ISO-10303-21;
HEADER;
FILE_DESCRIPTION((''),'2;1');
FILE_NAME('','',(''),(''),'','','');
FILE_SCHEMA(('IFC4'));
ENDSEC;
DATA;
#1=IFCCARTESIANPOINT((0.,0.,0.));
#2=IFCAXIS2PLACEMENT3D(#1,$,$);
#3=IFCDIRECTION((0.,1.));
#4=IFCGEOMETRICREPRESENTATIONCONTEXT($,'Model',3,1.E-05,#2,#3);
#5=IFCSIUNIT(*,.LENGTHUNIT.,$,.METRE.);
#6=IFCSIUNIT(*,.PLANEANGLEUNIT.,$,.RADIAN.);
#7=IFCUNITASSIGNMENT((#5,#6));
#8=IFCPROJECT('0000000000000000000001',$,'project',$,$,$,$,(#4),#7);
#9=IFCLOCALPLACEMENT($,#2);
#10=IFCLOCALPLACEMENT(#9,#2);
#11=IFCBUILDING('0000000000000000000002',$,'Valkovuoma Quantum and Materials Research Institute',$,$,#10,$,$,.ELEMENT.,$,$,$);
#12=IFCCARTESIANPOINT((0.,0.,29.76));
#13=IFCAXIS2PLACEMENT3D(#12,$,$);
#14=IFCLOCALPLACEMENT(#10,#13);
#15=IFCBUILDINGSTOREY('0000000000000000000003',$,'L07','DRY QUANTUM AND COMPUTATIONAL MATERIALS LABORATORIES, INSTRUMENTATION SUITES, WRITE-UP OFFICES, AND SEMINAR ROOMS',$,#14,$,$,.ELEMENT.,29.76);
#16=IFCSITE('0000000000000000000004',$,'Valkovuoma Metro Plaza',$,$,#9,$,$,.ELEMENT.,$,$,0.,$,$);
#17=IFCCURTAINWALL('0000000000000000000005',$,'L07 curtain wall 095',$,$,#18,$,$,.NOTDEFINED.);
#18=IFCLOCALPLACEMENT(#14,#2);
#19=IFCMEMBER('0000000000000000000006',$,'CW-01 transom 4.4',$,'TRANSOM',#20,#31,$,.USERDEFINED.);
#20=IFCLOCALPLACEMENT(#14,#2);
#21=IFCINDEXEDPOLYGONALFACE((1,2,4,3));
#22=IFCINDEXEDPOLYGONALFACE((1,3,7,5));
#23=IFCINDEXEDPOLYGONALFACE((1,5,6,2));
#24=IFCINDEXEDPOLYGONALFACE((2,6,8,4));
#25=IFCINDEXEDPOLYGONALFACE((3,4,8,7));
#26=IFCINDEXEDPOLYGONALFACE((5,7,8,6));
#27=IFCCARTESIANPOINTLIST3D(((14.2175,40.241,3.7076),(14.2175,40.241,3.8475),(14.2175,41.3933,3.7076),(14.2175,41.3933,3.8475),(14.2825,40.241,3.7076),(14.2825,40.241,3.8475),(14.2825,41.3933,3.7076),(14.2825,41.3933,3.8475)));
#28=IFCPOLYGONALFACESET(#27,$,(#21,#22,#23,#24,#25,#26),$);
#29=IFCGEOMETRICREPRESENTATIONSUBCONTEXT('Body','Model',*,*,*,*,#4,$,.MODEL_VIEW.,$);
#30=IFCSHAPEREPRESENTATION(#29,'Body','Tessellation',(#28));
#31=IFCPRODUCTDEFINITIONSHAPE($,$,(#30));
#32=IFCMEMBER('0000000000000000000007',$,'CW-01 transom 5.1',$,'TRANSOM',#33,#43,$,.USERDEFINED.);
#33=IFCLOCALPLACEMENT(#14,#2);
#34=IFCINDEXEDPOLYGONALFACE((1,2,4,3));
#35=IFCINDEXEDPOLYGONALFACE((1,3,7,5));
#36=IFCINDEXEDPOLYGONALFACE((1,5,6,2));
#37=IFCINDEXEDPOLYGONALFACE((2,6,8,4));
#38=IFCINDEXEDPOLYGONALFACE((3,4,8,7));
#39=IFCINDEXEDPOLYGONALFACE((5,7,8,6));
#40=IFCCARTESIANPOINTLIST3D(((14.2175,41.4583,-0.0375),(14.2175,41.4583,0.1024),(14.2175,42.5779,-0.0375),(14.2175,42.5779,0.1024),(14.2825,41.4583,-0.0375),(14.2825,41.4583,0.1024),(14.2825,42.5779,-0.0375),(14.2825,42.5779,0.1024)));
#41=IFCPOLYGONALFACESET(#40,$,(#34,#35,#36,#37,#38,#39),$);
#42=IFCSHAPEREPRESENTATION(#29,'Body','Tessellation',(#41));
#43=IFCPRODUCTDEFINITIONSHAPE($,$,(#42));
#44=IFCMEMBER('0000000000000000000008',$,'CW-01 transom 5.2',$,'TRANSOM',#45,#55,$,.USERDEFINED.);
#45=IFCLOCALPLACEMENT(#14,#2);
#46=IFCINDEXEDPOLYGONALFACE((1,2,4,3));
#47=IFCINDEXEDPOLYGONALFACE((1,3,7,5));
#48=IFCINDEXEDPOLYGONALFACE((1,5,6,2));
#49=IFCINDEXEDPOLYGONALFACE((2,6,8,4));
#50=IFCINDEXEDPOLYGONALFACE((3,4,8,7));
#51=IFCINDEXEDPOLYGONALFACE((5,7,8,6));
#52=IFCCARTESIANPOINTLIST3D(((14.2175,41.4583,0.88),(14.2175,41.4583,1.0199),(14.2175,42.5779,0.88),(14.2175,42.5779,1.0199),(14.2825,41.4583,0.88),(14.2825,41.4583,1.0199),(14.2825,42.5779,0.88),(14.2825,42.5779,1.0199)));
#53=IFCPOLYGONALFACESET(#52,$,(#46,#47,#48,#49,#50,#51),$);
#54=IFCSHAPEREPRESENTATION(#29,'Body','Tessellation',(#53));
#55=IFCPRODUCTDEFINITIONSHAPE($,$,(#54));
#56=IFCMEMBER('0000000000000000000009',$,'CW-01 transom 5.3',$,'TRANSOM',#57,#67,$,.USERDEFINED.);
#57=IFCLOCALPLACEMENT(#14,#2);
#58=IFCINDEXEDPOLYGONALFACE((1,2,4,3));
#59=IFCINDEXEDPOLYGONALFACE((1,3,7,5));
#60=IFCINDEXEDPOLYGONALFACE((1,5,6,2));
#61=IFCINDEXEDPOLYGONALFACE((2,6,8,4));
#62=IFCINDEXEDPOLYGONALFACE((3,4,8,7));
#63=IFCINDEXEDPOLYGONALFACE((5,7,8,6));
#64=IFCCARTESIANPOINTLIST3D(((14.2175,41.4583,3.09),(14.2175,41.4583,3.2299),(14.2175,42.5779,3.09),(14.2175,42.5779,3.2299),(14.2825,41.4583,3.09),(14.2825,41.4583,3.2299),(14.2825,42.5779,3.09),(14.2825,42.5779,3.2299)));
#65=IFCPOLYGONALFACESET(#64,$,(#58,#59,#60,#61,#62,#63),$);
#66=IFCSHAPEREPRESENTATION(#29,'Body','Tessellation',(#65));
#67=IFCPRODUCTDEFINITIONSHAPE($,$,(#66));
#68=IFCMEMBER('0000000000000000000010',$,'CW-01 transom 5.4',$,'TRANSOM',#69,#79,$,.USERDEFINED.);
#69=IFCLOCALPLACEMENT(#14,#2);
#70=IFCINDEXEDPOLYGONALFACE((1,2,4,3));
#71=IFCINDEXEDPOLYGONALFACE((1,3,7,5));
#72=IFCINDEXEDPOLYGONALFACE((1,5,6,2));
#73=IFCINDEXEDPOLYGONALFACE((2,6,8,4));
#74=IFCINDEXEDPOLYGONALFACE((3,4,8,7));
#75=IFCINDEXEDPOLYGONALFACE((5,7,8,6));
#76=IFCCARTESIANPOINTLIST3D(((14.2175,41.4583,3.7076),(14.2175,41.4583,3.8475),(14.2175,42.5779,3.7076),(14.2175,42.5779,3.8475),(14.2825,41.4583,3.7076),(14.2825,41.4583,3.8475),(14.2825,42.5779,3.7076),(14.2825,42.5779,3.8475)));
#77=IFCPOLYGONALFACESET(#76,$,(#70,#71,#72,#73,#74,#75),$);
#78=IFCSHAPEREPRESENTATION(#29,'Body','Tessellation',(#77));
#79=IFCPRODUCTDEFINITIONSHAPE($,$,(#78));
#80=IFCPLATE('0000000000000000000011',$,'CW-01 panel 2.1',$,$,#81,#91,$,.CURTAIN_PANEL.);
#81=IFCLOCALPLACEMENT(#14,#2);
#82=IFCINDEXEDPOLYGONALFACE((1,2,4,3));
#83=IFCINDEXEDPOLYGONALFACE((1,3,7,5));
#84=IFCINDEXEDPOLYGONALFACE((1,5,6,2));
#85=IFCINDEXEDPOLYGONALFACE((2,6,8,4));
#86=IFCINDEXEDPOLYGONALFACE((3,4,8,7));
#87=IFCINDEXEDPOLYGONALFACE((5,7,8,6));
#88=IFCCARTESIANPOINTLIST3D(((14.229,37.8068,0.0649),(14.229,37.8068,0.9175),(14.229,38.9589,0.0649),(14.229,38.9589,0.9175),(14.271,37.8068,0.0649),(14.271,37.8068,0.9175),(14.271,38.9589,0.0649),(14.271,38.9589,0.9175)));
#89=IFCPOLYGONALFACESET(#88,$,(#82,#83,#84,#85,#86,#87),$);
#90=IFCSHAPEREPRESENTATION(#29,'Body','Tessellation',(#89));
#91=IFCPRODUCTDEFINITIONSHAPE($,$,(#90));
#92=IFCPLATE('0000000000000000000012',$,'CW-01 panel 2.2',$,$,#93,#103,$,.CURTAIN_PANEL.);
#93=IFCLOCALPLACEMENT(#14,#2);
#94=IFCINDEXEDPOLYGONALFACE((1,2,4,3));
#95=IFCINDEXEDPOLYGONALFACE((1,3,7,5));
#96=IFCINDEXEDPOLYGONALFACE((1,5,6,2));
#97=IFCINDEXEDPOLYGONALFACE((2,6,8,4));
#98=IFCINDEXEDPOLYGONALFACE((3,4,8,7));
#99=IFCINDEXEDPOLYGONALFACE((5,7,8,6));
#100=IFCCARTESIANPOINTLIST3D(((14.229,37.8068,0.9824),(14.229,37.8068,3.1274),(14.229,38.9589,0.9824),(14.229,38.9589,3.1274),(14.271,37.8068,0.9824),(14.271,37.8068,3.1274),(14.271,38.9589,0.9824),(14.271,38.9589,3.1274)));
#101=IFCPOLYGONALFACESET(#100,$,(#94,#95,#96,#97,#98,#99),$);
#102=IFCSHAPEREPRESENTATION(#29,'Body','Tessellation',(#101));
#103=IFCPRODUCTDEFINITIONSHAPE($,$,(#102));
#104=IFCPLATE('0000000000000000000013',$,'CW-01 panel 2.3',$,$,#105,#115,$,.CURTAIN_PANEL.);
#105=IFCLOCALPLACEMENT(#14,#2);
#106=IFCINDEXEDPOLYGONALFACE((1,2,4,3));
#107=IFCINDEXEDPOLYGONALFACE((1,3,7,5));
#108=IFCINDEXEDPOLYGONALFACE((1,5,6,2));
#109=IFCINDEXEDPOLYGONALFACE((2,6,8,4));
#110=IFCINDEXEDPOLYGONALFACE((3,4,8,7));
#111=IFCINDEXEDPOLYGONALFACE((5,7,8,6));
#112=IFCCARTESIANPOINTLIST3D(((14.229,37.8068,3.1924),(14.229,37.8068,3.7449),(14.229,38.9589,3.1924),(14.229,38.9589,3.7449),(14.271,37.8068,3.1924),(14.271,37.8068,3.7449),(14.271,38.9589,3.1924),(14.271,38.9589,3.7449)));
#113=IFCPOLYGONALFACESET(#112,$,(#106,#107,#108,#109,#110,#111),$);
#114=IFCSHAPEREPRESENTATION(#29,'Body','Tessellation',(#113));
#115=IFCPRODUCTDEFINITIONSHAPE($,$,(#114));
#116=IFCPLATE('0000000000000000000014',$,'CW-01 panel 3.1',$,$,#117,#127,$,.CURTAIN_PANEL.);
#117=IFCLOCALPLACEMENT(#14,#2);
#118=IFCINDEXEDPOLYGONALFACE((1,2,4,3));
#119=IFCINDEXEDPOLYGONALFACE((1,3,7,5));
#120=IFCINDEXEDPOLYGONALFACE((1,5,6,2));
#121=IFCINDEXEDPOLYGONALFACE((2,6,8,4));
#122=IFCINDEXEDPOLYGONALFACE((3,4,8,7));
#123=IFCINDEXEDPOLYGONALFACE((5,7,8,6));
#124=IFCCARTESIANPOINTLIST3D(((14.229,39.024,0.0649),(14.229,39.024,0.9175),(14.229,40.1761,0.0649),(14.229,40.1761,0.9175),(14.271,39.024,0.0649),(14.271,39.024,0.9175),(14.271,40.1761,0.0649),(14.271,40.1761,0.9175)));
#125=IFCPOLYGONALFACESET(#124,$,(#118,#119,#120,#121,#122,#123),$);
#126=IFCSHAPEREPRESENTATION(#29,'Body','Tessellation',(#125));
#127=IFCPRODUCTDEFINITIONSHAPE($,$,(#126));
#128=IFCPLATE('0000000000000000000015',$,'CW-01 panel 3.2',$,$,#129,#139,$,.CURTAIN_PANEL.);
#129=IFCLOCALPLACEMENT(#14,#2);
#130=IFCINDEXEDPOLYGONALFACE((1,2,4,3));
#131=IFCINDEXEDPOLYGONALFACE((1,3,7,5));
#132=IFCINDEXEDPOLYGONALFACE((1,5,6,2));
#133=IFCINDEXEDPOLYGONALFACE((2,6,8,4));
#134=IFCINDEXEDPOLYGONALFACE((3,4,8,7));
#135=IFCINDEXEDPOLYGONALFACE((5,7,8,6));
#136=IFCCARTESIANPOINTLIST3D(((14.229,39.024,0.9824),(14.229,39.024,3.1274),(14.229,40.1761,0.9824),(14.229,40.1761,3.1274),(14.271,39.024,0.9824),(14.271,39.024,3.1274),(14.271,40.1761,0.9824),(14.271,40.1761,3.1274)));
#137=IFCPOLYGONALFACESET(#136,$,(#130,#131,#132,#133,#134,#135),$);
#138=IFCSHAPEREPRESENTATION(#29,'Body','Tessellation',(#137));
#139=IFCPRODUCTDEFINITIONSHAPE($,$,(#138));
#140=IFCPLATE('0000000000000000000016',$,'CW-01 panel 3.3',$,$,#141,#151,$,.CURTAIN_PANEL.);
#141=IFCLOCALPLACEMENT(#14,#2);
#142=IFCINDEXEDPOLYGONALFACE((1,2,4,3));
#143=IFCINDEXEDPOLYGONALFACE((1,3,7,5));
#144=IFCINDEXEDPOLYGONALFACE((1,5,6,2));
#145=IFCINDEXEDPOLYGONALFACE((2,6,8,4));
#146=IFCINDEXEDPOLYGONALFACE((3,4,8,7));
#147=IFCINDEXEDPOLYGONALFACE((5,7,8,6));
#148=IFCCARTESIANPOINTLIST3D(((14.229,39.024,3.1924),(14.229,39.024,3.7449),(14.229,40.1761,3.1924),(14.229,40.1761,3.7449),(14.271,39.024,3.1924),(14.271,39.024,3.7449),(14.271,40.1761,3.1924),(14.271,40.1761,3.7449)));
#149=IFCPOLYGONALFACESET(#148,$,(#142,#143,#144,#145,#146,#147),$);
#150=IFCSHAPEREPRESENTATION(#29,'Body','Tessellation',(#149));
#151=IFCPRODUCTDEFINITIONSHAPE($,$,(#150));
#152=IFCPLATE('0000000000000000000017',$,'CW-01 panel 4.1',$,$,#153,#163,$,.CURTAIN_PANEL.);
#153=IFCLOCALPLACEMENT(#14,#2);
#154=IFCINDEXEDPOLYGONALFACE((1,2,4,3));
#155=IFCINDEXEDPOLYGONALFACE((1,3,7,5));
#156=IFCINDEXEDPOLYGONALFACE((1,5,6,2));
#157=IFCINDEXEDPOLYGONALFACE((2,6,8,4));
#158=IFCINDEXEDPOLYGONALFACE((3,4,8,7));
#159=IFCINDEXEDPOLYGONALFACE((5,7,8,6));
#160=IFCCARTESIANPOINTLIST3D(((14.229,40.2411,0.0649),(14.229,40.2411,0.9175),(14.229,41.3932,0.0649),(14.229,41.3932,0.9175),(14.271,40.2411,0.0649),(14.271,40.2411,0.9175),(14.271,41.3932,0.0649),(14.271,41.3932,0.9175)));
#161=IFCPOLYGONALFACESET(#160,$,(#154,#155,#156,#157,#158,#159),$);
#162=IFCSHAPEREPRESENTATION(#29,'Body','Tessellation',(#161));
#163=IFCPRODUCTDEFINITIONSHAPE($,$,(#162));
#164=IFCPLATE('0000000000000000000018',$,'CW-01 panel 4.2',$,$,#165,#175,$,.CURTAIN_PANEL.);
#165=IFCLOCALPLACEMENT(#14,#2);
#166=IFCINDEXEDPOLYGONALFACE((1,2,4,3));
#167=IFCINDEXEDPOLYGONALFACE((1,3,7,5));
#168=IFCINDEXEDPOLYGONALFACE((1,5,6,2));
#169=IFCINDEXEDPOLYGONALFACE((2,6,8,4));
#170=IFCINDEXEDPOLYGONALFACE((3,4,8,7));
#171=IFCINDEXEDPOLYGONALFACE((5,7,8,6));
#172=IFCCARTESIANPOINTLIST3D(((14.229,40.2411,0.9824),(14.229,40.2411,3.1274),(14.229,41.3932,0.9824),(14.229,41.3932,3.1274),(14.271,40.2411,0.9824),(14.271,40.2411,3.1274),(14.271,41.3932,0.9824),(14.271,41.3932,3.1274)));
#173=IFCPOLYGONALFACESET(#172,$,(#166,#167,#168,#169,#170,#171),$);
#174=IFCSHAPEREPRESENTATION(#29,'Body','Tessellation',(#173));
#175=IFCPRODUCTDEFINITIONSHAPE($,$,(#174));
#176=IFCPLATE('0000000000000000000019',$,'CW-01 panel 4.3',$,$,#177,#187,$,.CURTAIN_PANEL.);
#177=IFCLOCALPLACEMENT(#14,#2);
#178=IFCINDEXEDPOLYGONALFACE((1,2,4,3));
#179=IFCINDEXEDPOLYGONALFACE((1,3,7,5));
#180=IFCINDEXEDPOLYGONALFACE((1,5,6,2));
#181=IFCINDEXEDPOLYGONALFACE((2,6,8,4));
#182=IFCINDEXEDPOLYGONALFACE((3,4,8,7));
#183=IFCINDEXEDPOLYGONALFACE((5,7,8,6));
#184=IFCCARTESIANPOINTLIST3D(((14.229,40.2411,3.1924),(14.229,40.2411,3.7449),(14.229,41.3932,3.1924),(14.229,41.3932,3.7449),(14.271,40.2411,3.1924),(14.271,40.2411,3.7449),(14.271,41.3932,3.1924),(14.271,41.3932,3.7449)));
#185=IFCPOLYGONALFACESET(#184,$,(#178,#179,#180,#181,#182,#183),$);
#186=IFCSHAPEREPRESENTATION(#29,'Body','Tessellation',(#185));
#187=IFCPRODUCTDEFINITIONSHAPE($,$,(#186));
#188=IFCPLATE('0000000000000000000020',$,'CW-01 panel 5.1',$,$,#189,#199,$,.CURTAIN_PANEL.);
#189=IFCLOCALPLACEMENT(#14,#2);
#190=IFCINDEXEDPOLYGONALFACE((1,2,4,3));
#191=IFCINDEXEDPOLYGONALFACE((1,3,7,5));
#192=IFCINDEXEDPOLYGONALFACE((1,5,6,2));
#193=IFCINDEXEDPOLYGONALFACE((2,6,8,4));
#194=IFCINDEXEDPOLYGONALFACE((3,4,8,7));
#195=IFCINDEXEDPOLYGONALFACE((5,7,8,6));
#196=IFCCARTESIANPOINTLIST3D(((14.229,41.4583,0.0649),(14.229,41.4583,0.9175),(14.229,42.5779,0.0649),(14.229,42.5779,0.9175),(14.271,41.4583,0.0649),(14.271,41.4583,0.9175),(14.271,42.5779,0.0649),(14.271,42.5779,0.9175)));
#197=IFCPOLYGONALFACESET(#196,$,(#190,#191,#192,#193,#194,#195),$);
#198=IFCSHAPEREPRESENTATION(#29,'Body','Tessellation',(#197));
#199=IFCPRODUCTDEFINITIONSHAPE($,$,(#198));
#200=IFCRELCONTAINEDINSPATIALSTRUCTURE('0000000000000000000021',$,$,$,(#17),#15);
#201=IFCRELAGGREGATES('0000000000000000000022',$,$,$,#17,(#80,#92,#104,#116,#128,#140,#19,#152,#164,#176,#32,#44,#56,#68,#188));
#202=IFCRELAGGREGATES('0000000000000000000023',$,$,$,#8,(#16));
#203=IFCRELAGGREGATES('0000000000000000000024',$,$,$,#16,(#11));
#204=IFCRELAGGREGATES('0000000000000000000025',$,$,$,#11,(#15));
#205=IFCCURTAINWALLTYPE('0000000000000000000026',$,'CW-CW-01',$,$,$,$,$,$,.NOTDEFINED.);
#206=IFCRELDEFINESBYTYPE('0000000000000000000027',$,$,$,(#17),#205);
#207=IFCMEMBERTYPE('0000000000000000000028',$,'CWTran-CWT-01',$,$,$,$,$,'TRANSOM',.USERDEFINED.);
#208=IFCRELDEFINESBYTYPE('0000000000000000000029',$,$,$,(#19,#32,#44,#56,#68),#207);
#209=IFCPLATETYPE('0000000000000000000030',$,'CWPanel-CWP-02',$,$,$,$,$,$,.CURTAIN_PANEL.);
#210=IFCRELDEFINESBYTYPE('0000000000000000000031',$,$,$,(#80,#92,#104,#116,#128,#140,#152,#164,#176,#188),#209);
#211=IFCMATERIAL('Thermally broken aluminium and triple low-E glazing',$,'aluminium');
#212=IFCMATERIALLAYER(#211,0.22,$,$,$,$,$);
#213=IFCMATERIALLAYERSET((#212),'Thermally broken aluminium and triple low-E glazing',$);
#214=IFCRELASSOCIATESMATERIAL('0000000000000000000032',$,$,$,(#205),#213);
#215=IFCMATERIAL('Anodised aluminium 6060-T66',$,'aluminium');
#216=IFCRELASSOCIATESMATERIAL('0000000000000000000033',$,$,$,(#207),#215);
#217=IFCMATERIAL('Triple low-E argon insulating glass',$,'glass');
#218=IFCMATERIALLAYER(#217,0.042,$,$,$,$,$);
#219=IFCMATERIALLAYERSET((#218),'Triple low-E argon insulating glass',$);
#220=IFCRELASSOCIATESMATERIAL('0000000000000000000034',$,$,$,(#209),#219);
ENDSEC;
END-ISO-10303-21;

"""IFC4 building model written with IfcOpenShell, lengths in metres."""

from ifc_helpers import new_model, si_unit, direction, frame, origin, origin_2d, place, context, subcontext, project, spatial, rectangle, extrude, material, layer, layer_set, material_profile, profile_set, type_object, element, aggregate, save


model = new_model("IFC4")

# Units and contexts
model_context = context("Model", 3, precision=1e-05, world=origin(), true_north=direction((0.0, 1.0)))
body_context = subcontext(model_context, "Body", "Model", "MODEL_VIEW")
ifc_project = project(units=[si_unit("LENGTHUNIT", "METRE"), si_unit("PLANEANGLEUNIT", "RADIAN")], contexts=[model_context])

# Site, building, storey
site_placement = place(None, origin())
site = spatial("IfcSite", under=ifc_project, at=site_placement, Name="Valkovuoma Metro Plaza", CompositionType="ELEMENT", RefElevation=0.0)
building_placement = place(site_placement, origin())
building = spatial("IfcBuilding", under=site, at=building_placement, Name="Valkovuoma Quantum and Materials Research Institute", CompositionType="ELEMENT")
storey_placement = place(building_placement, frame((0.0, 0.0, 29.76)))
storey = spatial("IfcBuildingStorey", under=building, at=storey_placement, Name="L07", Description="DRY QUANTUM AND COMPUTATIONAL MATERIALS LABORATORIES, INSTRUMENTATION SUITES, WRITE-UP OFFICES, AND SEMINAR ROOMS", CompositionType="ELEMENT", Elevation=29.76)

# Curtain wall, members, plates
ifc_material_1 = material(Name="Thermally broken aluminium and triple low-E glazing", Category="aluminium")
ifc_layer_1 = layer(ifc_material_1, 0.22)
ifc_layer_set_1 = layer_set([ifc_layer_1], Name="Thermally broken aluminium and triple low-E glazing")
curtain_wall_type = type_object("IfcCurtainWallType", Name="CW-CW-01", PredefinedType="NOTDEFINED", material=ifc_layer_set_1)
curtain_wall_placement = place(storey_placement, origin())
curtain_wall = element("IfcCurtainWall", 1, at=curtain_wall_placement, inside=storey, type_object=curtain_wall_type, Name="L07 curtain wall 095", PredefinedType="NOTDEFINED")
ifc_material_2 = material(Name="Anodised aluminium 6060-T66", Category="aluminium")
ifc_material_profile_1 = material_profile(ifc_material_2, rectangle(XDim=0.0649, YDim=0.1399, at=origin_2d()), Name="Anodised aluminium 6060-T66")
ifc_profile_set_1 = profile_set([ifc_material_profile_1], Name="Anodised aluminium 6060-T66")
member_type_1 = type_object("IfcMemberType", Name="CWTran-CWT-01", ElementType="TRANSOM", PredefinedType="USERDEFINED", material=ifc_profile_set_1)
member_1_placement = place(storey_placement, frame((14.25, 40.241, 3.7776), z_axis=(0.0, 1.0, 0.0), x_axis=(-1.0, 0.0, 0.0)))
member_1 = element("IfcMember", 2, at=member_1_placement, type_object=member_type_1, Name="CW-01 transom 4.4", ObjectType="TRANSOM", PredefinedType="USERDEFINED", context=body_context, shape_type="SweptSolid", body=[
    extrude(rectangle(XDim=0.0649, YDim=0.1399, at=origin_2d()), origin(), (0.0, 0.0, 1.0), 1.1523),
])
member_2_placement = place(storey_placement, frame((14.25, 41.4583, 0.0325), z_axis=(0.0, 1.0, 0.0), x_axis=(-1.0, 0.0, 0.0)))
member_2 = element("IfcMember", 3, at=member_2_placement, type_object=member_type_1, Name="CW-01 transom 5.1", ObjectType="TRANSOM", PredefinedType="USERDEFINED", context=body_context, shape_type="SweptSolid", body=[
    extrude(rectangle(XDim=0.0649, YDim=0.1399, at=origin_2d()), origin(), (0.0, 0.0, 1.0), 1.1196),
])
member_3_placement = place(storey_placement, frame((14.25, 41.4583, 0.95), z_axis=(0.0, 1.0, 0.0), x_axis=(-1.0, 0.0, 0.0)))
member_3 = element("IfcMember", 4, at=member_3_placement, type_object=member_type_1, Name="CW-01 transom 5.2", ObjectType="TRANSOM", PredefinedType="USERDEFINED", context=body_context, shape_type="SweptSolid", body=[
    extrude(rectangle(XDim=0.0649, YDim=0.1399, at=origin_2d()), origin(), (0.0, 0.0, 1.0), 1.1196),
])
member_4_placement = place(storey_placement, frame((14.25, 41.4583, 3.1599), z_axis=(0.0, 1.0, 0.0), x_axis=(-1.0, 0.0, 0.0)))
member_4 = element("IfcMember", 5, at=member_4_placement, type_object=member_type_1, Name="CW-01 transom 5.3", ObjectType="TRANSOM", PredefinedType="USERDEFINED", context=body_context, shape_type="SweptSolid", body=[
    extrude(rectangle(XDim=0.0649, YDim=0.1399, at=origin_2d()), origin(), (0.0, 0.0, 1.0), 1.1196),
])
member_5_placement = place(storey_placement, frame((14.25, 41.4583, 3.7776), z_axis=(0.0, 1.0, 0.0), x_axis=(-1.0, 0.0, 0.0)))
member_5 = element("IfcMember", 6, at=member_5_placement, type_object=member_type_1, Name="CW-01 transom 5.4", ObjectType="TRANSOM", PredefinedType="USERDEFINED", context=body_context, shape_type="SweptSolid", body=[
    extrude(rectangle(XDim=0.0649, YDim=0.1399, at=origin_2d()), origin(), (0.0, 0.0, 1.0), 1.1196),
])
ifc_material_3 = material(Name="Triple low-E argon insulating glass", Category="glass")
ifc_layer_2 = layer(ifc_material_3, 0.042)
ifc_layer_set_2 = layer_set([ifc_layer_2], Name="Triple low-E argon insulating glass")
plate_type = type_object("IfcPlateType", Name="CWPanel-CWP-02", PredefinedType="CURTAIN_PANEL", material=ifc_layer_set_2)
plate_1_placement = place(storey_placement, frame((14.25, 38.3828, 0.0649), z_axis=(0.0, 0.0, 1.0), x_axis=(0.0, 1.0, 0.0)))
plate_1 = element("IfcPlate", 7, at=plate_1_placement, type_object=plate_type, Name="CW-01 panel 2.1", PredefinedType="CURTAIN_PANEL", context=body_context, shape_type="SweptSolid", body=[
    extrude(rectangle(XDim=1.1521, YDim=0.042, at=origin_2d()), origin(), (0.0, 0.0, 1.0), 0.8525),
])
plate_2_placement = place(storey_placement, frame((14.25, 38.3828, 0.9824), z_axis=(0.0, 0.0, 1.0), x_axis=(0.0, 1.0, 0.0)))
plate_2 = element("IfcPlate", 8, at=plate_2_placement, type_object=plate_type, Name="CW-01 panel 2.2", PredefinedType="CURTAIN_PANEL", context=body_context, shape_type="SweptSolid", body=[
    extrude(rectangle(XDim=1.1521, YDim=0.042, at=origin_2d()), origin(), (0.0, 0.0, 1.0), 2.145),
])
plate_3_placement = place(storey_placement, frame((14.25, 38.3828, 3.1924), z_axis=(0.0, 0.0, 1.0), x_axis=(0.0, 1.0, 0.0)))
plate_3 = element("IfcPlate", 9, at=plate_3_placement, type_object=plate_type, Name="CW-01 panel 2.3", PredefinedType="CURTAIN_PANEL", context=body_context, shape_type="SweptSolid", body=[
    extrude(rectangle(XDim=1.1521, YDim=0.042, at=origin_2d()), origin(), (0.0, 0.0, 1.0), 0.5525),
])
plate_4_placement = place(storey_placement, frame((14.25, 39.6001, 0.0649), z_axis=(0.0, 0.0, 1.0), x_axis=(0.0, 1.0, 0.0)))
plate_4 = element("IfcPlate", 10, at=plate_4_placement, type_object=plate_type, Name="CW-01 panel 3.1", PredefinedType="CURTAIN_PANEL", context=body_context, shape_type="SweptSolid", body=[
    extrude(rectangle(XDim=1.1521, YDim=0.042, at=origin_2d()), origin(), (0.0, 0.0, 1.0), 0.8525),
])
plate_5_placement = place(storey_placement, frame((14.25, 39.6001, 0.9824), z_axis=(0.0, 0.0, 1.0), x_axis=(0.0, 1.0, 0.0)))
plate_5 = element("IfcPlate", 11, at=plate_5_placement, type_object=plate_type, Name="CW-01 panel 3.2", PredefinedType="CURTAIN_PANEL", context=body_context, shape_type="SweptSolid", body=[
    extrude(rectangle(XDim=1.1521, YDim=0.042, at=origin_2d()), origin(), (0.0, 0.0, 1.0), 2.145),
])
plate_6_placement = place(storey_placement, frame((14.25, 39.6001, 3.1924), z_axis=(0.0, 0.0, 1.0), x_axis=(0.0, 1.0, 0.0)))
plate_6 = element("IfcPlate", 12, at=plate_6_placement, type_object=plate_type, Name="CW-01 panel 3.3", PredefinedType="CURTAIN_PANEL", context=body_context, shape_type="SweptSolid", body=[
    extrude(rectangle(XDim=1.1521, YDim=0.042, at=origin_2d()), origin(), (0.0, 0.0, 1.0), 0.5525),
])
plate_7_placement = place(storey_placement, frame((14.25, 40.8171, 0.0649), z_axis=(0.0, 0.0, 1.0), x_axis=(0.0, 1.0, 0.0)))
plate_7 = element("IfcPlate", 13, at=plate_7_placement, type_object=plate_type, Name="CW-01 panel 4.1", PredefinedType="CURTAIN_PANEL", context=body_context, shape_type="SweptSolid", body=[
    extrude(rectangle(XDim=1.1521, YDim=0.042, at=origin_2d()), origin(), (0.0, 0.0, 1.0), 0.8525),
])
plate_8_placement = place(storey_placement, frame((14.25, 40.8171, 0.9824), z_axis=(0.0, 0.0, 1.0), x_axis=(0.0, 1.0, 0.0)))
plate_8 = element("IfcPlate", 14, at=plate_8_placement, type_object=plate_type, Name="CW-01 panel 4.2", PredefinedType="CURTAIN_PANEL", context=body_context, shape_type="SweptSolid", body=[
    extrude(rectangle(XDim=1.1521, YDim=0.042, at=origin_2d()), origin(), (0.0, 0.0, 1.0), 2.145),
])
plate_9_placement = place(storey_placement, frame((14.25, 40.8171, 3.1924), z_axis=(0.0, 0.0, 1.0), x_axis=(0.0, 1.0, 0.0)))
plate_9 = element("IfcPlate", 15, at=plate_9_placement, type_object=plate_type, Name="CW-01 panel 4.3", PredefinedType="CURTAIN_PANEL", context=body_context, shape_type="SweptSolid", body=[
    extrude(rectangle(XDim=1.1521, YDim=0.042, at=origin_2d()), origin(), (0.0, 0.0, 1.0), 0.5525),
])
plate_10_placement = place(storey_placement, frame((14.25, 42.0181, 0.0649), z_axis=(0.0, 0.0, 1.0), x_axis=(0.0, 1.0, 0.0)))
plate_10 = element("IfcPlate", 16, at=plate_10_placement, type_object=plate_type, Name="CW-01 panel 5.1", PredefinedType="CURTAIN_PANEL", context=body_context, shape_type="SweptSolid", body=[
    extrude(rectangle(XDim=1.1196, YDim=0.042, at=origin_2d()), origin(), (0.0, 0.0, 1.0), 0.8525),
])
aggregate(curtain_wall, [plate_1, plate_2, plate_3, plate_4, plate_5, plate_6, member_1, plate_7, plate_8, plate_9, member_2, member_3, member_4, member_5, plate_10])

save(model, "model.ifc")
